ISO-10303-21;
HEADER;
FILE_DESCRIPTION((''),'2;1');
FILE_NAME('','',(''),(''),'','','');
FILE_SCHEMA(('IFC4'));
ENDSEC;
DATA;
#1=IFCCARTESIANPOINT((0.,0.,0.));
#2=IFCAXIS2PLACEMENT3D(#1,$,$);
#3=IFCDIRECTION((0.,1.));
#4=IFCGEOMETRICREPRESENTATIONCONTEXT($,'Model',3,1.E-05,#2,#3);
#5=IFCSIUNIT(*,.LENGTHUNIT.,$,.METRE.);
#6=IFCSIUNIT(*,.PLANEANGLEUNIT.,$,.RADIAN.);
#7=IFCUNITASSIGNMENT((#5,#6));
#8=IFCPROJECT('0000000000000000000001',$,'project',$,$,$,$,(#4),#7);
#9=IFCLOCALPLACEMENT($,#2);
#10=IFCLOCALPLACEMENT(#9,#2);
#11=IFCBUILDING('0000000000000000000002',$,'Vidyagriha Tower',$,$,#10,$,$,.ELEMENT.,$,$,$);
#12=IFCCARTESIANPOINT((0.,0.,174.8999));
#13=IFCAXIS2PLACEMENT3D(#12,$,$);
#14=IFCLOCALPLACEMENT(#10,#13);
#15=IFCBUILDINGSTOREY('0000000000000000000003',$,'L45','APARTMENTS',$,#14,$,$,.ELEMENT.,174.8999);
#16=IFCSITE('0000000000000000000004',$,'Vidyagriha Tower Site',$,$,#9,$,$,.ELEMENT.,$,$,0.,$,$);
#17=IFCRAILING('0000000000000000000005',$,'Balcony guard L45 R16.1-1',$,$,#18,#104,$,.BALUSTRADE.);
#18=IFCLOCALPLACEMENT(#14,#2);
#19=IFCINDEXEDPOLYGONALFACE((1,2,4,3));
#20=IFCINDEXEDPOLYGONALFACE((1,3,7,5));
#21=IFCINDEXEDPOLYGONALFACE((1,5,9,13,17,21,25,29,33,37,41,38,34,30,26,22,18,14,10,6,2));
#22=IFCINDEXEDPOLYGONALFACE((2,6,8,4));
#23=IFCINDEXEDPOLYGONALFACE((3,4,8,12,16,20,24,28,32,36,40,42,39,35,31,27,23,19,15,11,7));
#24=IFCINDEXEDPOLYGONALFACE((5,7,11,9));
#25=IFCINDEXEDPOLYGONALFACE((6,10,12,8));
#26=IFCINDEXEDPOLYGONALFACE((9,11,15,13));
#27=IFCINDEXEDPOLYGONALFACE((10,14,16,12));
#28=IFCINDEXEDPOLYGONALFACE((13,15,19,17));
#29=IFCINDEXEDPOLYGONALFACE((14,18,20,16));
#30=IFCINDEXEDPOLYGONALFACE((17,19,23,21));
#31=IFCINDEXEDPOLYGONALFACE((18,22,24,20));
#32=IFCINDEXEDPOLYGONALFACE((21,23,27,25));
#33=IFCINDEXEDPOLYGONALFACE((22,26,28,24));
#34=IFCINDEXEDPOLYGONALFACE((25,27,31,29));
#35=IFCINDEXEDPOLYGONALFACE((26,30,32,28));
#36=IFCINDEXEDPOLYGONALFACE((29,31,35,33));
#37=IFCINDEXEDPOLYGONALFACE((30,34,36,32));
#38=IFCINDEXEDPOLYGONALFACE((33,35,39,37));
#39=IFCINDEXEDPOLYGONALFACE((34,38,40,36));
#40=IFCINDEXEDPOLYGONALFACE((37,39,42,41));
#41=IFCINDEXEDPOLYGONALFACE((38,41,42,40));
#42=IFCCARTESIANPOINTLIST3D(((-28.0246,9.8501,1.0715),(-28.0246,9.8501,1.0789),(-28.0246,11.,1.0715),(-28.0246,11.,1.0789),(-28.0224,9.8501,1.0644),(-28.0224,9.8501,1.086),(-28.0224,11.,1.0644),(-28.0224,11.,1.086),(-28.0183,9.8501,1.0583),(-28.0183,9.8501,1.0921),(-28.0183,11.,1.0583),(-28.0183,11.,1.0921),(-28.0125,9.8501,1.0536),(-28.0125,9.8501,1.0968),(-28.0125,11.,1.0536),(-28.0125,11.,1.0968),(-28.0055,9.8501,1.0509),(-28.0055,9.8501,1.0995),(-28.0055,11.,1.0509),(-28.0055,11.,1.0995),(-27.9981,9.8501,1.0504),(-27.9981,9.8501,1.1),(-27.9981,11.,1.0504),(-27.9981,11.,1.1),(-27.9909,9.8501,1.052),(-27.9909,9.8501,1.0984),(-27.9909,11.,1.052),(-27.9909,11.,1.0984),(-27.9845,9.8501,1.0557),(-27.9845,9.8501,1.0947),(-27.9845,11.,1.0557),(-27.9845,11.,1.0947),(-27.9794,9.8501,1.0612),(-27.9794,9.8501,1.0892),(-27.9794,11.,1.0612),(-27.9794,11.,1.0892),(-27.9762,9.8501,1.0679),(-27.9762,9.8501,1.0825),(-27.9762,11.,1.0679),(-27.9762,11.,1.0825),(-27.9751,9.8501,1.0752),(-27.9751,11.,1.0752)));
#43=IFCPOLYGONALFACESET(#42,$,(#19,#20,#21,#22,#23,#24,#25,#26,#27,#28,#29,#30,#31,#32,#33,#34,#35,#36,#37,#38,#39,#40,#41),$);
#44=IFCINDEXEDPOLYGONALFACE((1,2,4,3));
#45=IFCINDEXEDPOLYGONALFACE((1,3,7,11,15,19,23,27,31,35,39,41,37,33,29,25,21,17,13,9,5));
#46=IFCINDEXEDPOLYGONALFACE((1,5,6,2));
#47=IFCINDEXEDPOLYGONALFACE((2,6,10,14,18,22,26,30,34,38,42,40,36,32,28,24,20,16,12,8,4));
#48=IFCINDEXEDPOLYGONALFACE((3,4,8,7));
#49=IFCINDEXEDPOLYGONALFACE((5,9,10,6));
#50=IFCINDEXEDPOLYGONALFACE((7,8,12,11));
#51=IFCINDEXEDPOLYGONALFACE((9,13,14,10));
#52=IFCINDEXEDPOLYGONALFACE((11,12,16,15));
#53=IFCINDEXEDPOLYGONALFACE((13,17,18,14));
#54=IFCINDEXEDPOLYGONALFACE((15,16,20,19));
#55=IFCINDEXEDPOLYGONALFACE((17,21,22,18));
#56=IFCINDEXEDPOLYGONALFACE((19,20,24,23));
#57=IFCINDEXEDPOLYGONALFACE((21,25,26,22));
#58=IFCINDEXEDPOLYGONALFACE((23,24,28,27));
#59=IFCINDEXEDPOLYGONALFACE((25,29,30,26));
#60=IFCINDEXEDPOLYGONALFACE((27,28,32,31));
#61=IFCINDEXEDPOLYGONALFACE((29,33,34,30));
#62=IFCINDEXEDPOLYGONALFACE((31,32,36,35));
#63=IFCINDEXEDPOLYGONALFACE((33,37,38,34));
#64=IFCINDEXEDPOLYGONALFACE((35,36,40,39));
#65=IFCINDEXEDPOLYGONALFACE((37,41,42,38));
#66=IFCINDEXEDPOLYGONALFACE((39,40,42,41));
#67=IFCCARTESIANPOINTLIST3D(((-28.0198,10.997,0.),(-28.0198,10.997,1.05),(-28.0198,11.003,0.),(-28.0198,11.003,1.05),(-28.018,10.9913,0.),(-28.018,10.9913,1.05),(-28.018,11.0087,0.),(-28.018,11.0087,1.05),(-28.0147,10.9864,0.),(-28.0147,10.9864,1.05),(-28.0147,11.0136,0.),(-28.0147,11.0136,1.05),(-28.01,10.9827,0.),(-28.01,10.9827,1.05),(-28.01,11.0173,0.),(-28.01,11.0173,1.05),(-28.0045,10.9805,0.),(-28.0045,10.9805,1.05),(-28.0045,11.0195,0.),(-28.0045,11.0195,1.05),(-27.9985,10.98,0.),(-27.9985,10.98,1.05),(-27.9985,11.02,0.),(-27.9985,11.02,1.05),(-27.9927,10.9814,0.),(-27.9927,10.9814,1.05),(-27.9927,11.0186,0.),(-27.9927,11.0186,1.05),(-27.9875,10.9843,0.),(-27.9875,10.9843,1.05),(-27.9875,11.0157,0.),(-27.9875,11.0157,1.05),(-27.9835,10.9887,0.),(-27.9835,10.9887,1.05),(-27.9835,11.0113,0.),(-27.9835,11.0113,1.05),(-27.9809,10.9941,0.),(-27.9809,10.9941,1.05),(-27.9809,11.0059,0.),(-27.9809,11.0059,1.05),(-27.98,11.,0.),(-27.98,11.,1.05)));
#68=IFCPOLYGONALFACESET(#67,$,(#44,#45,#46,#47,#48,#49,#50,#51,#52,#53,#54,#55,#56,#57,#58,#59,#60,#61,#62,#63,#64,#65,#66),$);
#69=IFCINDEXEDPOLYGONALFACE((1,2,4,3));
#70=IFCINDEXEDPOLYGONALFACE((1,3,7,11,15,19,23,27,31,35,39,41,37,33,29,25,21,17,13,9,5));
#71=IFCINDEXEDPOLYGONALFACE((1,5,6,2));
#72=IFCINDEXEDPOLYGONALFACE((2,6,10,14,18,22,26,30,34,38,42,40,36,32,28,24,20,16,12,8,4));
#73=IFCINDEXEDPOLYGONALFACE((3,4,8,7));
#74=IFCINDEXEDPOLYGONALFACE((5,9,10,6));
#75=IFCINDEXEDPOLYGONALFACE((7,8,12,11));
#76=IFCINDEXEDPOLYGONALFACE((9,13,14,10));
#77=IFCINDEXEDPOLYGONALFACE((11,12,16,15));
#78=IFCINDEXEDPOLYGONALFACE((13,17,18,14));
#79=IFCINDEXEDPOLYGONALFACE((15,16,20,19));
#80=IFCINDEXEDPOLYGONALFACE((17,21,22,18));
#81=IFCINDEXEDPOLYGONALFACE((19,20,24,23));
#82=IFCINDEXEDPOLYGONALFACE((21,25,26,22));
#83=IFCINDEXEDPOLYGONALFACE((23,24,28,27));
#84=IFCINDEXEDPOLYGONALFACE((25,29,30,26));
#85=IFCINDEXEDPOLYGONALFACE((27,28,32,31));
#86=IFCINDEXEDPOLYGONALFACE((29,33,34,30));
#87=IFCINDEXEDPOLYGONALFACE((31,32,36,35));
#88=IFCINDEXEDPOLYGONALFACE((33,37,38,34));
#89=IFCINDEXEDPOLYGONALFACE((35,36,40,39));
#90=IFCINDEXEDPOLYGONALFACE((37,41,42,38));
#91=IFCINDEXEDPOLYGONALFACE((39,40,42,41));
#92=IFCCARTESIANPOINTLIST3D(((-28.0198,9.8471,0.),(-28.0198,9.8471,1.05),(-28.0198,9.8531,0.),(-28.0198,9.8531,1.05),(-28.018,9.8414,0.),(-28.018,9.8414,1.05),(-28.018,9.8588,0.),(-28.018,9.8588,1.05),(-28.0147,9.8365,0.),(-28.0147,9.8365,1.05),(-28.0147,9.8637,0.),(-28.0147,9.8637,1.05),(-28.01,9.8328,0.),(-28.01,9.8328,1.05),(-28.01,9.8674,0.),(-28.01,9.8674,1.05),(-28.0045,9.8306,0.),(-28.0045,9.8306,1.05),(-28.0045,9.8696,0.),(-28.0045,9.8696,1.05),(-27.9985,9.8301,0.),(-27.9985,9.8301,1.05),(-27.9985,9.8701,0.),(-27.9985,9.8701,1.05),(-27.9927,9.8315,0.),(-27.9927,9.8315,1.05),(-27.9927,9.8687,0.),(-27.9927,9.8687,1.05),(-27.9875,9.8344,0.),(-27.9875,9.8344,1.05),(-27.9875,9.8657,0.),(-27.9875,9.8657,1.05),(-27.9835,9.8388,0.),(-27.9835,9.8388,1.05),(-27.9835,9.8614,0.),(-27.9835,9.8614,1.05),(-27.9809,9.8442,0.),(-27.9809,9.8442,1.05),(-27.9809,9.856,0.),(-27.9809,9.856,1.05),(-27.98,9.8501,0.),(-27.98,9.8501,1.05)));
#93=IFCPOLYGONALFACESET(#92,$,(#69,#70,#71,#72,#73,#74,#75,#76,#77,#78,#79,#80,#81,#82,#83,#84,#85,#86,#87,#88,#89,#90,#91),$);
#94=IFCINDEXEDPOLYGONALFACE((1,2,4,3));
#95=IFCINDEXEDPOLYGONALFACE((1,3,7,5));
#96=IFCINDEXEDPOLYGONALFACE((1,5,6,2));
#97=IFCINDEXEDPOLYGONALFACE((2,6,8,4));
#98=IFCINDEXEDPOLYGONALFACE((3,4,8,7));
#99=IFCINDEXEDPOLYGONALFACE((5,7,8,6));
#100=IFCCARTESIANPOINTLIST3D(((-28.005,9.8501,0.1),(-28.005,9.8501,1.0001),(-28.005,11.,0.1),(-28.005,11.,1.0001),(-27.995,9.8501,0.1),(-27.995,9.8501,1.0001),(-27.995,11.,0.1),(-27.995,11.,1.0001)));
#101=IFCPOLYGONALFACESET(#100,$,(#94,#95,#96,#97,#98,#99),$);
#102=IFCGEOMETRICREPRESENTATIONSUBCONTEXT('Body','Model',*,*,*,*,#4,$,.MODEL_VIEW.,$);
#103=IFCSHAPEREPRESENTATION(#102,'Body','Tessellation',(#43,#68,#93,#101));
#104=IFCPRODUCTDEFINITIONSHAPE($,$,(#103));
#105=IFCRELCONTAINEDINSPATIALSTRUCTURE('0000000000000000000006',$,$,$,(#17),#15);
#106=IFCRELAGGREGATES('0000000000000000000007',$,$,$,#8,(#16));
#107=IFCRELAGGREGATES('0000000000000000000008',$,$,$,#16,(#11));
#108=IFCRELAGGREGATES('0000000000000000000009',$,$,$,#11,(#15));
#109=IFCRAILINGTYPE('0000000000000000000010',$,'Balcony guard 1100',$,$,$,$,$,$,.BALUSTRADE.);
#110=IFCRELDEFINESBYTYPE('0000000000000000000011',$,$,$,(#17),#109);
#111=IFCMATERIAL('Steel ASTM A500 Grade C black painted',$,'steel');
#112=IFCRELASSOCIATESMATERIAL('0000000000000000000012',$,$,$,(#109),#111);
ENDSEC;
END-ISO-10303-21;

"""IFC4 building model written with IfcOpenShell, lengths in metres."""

from ifc_helpers import new_model, si_unit, direction, frame, origin, origin_2d, place, context, subcontext, project, spatial, rectangle, circle, extrude, material, type_object, element, save


model = new_model("IFC4")

# Units and contexts
model_context = context("Model", 3, precision=1e-05, world=origin(), true_north=direction((0.0, 1.0)))
body_context = subcontext(model_context, "Body", "Model", "MODEL_VIEW")
ifc_project = project(units=[si_unit("LENGTHUNIT", "METRE"), si_unit("PLANEANGLEUNIT", "RADIAN")], contexts=[model_context])

# Site, building, storey
site_placement = place(None, origin())
site = spatial("IfcSite", under=ifc_project, at=site_placement, Name="Vidyagriha Tower Site", CompositionType="ELEMENT", RefElevation=0.0)
building_placement = place(site_placement, origin())
building = spatial("IfcBuilding", under=site, at=building_placement, Name="Vidyagriha Tower", CompositionType="ELEMENT")
storey_placement = place(building_placement, frame((0.0, 0.0, 174.8999)))
storey = spatial("IfcBuildingStorey", under=building, at=storey_placement, Name="L45", Description="APARTMENTS", CompositionType="ELEMENT", Elevation=174.8999)

# Railing
ifc_material_1 = material(Name="Steel ASTM A500 Grade C black painted", Category="steel")
railing_type = type_object("IfcRailingType", Name="Balcony guard 1100", PredefinedType="BALUSTRADE", material=ifc_material_1)
railing_1_placement = place(storey_placement, frame((-28.0, 11.0, 0.0)))
element("IfcRailing", 1, at=railing_1_placement, inside=storey, type_object=railing_type, Name="Balcony guard L45 R16.1-1", PredefinedType="BALUSTRADE", context=body_context, shape_type="SweptSolid", body=[
    extrude(circle(Radius=0.0249, at=origin_2d()), frame((0.0, 0.0, 1.0752), z_axis=(0.0, -1.0, 0.0), x_axis=(1.0, 0.0, 0.0)), (0.0, 0.0, 1.0), 1.1499),
    extrude(circle(Radius=0.02, at=origin_2d()), origin(), (0.0, 0.0, 1.0), 1.05),
    extrude(circle(Radius=0.02, at=origin_2d()), frame((0.0, -1.1499, 0.0)), (0.0, 0.0, 1.0), 1.05),
    extrude(rectangle(XDim=0.01, YDim=0.9001, at=origin_2d()), frame((0.0, 0.0, 0.55), z_axis=(0.0, -1.0, 0.0), x_axis=(1.0, 0.0, 0.0)), (0.0, 0.0, 1.0), 1.1499),
])

save(model, "model.ifc")
